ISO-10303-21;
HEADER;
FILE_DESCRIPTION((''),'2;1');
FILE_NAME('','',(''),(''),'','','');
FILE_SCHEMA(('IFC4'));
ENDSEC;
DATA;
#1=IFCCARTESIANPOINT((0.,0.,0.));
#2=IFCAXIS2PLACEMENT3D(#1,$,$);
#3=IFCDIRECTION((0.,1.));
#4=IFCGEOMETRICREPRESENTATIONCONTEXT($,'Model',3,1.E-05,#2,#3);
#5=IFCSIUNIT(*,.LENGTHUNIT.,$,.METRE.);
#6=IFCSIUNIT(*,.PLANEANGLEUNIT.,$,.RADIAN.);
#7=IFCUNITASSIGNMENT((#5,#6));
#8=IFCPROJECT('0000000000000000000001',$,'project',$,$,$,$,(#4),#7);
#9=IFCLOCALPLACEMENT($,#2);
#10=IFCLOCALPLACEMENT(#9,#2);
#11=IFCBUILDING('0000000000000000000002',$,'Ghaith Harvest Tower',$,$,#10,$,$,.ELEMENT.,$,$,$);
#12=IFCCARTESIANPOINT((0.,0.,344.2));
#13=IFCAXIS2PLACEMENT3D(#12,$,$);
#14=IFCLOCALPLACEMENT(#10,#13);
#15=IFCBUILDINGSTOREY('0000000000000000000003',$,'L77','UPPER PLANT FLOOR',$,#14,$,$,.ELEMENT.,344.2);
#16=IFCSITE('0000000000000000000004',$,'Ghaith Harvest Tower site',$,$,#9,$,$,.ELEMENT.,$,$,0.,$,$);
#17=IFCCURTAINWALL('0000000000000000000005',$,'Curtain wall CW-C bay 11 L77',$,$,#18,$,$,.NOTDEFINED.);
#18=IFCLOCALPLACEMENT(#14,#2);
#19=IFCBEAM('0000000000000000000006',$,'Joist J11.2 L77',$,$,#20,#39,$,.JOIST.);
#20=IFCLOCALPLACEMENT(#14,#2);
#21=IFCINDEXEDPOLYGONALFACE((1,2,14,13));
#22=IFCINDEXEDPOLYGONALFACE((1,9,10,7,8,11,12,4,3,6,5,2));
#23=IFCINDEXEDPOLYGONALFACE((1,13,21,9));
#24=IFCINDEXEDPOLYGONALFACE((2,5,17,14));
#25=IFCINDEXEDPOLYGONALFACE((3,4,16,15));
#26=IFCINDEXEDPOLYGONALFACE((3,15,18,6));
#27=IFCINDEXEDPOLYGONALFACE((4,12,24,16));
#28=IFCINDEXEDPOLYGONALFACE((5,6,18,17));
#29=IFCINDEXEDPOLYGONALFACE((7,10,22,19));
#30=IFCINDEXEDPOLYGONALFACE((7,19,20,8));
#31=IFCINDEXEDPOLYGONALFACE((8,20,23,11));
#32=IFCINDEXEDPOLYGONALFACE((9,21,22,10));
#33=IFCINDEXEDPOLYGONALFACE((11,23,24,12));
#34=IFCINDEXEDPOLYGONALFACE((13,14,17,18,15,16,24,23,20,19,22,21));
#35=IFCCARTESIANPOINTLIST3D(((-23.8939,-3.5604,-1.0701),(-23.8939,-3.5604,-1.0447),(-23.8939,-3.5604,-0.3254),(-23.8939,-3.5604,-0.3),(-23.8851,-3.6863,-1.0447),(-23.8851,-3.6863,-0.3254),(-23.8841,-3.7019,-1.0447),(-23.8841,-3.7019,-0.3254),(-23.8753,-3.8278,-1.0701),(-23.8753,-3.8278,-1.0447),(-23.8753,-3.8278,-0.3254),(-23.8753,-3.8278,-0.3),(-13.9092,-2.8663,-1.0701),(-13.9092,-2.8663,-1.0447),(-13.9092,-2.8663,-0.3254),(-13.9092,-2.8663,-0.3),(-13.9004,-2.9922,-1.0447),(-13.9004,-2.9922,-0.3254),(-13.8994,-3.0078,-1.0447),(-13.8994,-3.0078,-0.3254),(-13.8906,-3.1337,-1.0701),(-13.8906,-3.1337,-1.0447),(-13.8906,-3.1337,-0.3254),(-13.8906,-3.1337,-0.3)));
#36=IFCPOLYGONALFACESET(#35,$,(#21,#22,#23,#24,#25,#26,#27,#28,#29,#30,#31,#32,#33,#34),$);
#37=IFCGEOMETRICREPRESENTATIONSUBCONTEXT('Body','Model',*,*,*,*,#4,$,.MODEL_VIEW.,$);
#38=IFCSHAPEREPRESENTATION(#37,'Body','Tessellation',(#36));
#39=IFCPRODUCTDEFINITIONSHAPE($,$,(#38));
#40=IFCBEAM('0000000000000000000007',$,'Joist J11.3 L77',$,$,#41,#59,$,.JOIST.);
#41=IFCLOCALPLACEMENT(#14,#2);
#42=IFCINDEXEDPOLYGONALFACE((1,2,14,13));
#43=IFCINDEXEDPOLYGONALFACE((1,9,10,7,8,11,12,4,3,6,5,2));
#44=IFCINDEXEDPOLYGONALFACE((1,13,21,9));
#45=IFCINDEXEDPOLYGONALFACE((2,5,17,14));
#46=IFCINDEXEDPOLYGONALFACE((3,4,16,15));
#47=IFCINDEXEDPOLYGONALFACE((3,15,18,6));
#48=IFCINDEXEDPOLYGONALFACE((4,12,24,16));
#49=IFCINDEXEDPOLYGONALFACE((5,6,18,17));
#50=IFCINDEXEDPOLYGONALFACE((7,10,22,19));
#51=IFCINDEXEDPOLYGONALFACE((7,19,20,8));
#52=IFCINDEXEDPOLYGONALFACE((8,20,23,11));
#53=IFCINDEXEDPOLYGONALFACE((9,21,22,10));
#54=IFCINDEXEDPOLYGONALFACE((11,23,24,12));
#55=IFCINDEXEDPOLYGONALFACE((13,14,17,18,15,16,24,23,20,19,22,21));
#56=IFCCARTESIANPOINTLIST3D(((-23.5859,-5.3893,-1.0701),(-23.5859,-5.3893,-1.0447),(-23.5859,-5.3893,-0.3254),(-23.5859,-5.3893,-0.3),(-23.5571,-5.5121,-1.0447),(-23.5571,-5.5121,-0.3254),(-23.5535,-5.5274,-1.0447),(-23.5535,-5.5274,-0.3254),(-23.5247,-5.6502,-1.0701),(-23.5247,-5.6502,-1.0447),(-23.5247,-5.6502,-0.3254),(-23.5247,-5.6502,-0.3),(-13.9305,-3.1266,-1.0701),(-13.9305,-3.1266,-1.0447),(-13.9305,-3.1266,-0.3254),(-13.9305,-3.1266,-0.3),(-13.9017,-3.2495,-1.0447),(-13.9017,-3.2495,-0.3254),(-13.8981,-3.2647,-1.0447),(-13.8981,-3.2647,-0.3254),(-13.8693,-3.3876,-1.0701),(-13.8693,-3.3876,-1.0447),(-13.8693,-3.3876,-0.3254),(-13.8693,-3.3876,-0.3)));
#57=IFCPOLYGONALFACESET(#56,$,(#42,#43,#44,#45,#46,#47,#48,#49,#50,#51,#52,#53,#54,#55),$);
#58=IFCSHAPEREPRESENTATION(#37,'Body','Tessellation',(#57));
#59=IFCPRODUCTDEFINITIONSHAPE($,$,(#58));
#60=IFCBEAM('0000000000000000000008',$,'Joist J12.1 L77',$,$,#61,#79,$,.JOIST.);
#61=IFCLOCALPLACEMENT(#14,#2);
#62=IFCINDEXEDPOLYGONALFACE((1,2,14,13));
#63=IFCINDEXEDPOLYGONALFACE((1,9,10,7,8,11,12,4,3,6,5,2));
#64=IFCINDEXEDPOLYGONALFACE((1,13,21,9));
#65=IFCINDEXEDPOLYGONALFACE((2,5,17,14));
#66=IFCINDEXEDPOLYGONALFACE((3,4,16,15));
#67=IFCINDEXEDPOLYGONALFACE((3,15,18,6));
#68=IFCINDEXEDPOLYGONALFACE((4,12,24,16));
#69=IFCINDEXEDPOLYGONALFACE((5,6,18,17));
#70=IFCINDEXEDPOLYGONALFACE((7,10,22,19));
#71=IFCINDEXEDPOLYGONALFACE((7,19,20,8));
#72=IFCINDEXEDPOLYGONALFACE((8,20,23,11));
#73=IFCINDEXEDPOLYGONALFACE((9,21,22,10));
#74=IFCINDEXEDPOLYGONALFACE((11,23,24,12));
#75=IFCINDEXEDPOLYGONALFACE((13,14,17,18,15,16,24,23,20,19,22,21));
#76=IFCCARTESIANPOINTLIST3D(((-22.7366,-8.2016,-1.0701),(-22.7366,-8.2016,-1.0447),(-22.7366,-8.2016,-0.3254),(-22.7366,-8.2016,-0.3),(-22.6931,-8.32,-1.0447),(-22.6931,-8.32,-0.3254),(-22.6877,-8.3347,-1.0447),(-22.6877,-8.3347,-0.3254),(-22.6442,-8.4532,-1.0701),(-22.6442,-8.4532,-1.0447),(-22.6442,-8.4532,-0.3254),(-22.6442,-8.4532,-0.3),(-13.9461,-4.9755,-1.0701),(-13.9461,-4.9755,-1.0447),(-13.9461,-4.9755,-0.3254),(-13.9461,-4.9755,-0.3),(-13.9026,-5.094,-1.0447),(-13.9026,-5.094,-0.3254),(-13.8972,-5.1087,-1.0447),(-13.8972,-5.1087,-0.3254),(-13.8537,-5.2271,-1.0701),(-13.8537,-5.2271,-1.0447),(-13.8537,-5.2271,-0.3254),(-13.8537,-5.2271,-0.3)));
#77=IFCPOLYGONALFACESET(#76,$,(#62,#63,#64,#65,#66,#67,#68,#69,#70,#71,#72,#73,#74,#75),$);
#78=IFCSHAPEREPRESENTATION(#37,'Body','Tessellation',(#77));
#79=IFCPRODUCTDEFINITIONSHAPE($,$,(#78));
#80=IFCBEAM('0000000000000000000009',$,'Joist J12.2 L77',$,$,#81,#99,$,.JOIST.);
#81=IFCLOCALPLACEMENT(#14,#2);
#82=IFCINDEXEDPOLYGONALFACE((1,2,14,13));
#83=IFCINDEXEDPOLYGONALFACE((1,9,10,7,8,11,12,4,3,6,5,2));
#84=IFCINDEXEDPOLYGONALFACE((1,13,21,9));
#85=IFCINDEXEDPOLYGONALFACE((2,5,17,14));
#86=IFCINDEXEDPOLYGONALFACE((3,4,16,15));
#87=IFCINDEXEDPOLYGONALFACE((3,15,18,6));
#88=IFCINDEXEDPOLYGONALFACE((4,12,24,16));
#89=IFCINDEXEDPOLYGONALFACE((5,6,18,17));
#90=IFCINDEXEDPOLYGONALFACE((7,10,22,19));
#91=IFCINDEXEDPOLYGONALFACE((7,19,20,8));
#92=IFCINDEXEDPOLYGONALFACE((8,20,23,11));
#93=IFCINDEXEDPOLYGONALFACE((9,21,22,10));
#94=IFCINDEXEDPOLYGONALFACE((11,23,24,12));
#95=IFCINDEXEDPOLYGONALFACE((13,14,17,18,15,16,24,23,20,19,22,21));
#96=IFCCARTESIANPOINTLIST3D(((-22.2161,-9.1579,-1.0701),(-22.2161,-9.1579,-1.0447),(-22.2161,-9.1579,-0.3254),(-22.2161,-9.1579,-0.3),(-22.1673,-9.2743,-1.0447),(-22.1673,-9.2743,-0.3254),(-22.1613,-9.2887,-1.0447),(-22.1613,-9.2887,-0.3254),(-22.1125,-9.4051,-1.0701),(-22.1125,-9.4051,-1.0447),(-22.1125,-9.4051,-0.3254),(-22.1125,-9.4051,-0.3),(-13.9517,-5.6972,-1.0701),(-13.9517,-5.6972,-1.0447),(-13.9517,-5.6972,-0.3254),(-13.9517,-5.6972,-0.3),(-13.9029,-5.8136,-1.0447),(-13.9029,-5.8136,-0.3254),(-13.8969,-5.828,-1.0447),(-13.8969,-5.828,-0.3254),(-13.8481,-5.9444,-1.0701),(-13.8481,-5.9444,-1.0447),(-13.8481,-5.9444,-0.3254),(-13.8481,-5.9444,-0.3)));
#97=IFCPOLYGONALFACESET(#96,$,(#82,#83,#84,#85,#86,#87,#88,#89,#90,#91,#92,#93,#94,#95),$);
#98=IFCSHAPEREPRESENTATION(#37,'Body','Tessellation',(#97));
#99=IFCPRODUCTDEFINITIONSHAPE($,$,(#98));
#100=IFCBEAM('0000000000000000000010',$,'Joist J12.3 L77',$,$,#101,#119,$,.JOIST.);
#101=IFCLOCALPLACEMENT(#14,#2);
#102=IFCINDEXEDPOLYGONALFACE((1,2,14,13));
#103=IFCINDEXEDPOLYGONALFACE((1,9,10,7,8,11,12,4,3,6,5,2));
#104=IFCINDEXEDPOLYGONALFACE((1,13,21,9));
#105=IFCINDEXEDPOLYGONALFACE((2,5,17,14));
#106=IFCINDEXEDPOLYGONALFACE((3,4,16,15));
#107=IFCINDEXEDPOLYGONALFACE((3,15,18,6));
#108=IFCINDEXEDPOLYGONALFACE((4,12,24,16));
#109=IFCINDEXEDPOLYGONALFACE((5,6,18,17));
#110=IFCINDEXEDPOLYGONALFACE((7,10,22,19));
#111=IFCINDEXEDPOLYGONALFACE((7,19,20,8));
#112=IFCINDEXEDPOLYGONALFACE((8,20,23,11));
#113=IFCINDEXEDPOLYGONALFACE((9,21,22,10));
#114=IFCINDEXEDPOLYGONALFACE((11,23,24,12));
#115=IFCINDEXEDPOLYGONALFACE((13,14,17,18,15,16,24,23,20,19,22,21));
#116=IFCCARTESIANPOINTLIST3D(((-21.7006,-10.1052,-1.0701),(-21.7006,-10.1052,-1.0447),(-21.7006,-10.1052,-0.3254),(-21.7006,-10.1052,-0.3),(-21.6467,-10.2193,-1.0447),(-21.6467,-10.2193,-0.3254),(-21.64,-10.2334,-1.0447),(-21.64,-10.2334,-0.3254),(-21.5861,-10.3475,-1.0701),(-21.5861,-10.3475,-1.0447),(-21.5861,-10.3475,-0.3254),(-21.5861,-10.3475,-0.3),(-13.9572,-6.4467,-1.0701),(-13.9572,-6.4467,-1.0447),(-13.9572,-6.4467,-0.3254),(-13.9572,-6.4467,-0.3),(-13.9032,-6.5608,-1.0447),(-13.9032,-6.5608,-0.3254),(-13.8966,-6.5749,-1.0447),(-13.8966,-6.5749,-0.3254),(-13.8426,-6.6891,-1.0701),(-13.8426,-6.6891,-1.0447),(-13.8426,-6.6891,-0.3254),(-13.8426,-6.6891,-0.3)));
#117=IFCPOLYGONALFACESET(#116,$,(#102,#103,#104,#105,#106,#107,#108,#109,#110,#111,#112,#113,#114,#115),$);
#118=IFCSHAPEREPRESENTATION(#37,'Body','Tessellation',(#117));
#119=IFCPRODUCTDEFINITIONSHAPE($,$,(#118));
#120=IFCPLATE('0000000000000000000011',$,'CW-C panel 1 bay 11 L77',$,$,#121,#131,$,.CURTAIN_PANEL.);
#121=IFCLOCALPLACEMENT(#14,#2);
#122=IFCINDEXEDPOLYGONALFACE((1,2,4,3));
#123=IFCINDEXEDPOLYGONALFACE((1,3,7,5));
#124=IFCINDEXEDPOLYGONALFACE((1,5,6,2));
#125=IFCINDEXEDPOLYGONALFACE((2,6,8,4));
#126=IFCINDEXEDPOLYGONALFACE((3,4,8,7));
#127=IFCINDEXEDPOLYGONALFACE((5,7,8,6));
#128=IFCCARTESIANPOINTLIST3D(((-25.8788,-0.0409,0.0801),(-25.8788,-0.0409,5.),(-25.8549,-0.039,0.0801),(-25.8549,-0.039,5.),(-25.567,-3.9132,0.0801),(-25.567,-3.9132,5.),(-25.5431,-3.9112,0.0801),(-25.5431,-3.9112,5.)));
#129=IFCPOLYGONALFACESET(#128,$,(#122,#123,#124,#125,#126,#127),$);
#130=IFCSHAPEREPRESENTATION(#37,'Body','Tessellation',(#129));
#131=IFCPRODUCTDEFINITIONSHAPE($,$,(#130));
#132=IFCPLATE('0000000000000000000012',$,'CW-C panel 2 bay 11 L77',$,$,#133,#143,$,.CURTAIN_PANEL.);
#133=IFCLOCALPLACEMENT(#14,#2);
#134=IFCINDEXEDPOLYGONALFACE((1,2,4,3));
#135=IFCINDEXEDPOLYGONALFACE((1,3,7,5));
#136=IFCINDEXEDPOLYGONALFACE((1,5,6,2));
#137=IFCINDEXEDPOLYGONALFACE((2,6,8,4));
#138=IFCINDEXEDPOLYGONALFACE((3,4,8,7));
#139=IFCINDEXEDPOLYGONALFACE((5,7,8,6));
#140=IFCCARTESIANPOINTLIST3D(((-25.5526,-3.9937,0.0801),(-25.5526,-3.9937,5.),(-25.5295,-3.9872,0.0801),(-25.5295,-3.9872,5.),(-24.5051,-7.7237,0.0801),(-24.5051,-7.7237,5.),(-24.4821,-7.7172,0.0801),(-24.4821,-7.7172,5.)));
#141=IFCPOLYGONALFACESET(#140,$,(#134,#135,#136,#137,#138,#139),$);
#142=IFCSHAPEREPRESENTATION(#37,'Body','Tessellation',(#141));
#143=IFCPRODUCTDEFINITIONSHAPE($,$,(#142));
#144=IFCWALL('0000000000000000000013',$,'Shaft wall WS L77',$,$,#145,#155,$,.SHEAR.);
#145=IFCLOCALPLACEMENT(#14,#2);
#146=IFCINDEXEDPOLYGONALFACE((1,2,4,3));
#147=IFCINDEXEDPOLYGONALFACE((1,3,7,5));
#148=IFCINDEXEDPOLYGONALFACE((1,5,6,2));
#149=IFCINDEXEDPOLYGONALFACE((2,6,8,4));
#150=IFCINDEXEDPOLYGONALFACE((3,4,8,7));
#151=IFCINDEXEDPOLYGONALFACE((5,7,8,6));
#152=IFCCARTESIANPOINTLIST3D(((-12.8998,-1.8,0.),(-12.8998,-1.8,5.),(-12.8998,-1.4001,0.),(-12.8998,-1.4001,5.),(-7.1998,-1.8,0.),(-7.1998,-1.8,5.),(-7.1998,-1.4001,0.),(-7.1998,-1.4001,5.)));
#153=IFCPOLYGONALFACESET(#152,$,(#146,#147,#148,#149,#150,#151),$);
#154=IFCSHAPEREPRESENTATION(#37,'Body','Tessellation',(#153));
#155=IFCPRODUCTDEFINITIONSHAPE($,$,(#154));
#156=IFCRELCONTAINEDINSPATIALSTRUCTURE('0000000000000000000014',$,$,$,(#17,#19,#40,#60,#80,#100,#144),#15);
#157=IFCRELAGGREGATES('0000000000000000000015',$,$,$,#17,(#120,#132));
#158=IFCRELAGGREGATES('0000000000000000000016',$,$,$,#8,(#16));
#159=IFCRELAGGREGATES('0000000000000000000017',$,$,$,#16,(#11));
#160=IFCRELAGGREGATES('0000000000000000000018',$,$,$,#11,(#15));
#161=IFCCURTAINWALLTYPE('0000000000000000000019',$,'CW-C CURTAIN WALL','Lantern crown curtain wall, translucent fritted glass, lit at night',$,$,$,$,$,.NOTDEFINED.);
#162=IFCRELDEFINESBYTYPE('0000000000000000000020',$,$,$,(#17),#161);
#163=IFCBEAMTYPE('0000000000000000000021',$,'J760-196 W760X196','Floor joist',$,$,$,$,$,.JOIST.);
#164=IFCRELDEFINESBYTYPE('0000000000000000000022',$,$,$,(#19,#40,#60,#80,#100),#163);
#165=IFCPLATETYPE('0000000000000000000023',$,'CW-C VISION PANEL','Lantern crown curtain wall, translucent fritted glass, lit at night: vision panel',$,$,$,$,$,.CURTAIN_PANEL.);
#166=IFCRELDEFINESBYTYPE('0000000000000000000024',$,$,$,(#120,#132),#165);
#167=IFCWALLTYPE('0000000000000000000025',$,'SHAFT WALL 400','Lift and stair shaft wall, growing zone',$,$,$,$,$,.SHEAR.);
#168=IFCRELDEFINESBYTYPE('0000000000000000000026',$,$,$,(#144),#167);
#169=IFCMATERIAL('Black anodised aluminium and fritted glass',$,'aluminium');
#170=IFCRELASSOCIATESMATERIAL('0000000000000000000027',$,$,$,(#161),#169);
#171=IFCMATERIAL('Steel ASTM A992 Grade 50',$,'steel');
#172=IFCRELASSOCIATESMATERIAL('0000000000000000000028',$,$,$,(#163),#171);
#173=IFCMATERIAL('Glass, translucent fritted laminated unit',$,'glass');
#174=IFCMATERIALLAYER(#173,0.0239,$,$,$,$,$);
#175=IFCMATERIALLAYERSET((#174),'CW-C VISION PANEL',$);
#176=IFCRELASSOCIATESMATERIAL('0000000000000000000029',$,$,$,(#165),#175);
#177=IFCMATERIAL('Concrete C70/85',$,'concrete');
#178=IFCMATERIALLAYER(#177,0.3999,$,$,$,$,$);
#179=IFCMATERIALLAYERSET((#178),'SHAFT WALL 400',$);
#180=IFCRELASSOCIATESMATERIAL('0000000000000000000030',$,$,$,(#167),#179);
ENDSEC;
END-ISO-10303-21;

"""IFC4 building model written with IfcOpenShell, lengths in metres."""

from ifc_helpers import new_model, si_unit, direction, frame, frame_2d, origin, origin_2d, place, context, subcontext, project, spatial, rectangle, i_section, extrude, material, layer, layer_set, material_profile, profile_set, type_object, element, aggregate, save


model = new_model("IFC4")

# Units and contexts
model_context = context("Model", 3, precision=1e-05, world=origin(), true_north=direction((0.0, 1.0)))
body_context = subcontext(model_context, "Body", "Model", "MODEL_VIEW")
ifc_project = project(units=[si_unit("LENGTHUNIT", "METRE"), si_unit("PLANEANGLEUNIT", "RADIAN")], contexts=[model_context])

# Site, building, storey
site_placement = place(None, origin())
site = spatial("IfcSite", under=ifc_project, at=site_placement, Name="Ghaith Harvest Tower site", CompositionType="ELEMENT", RefElevation=0.0)
building_placement = place(site_placement, origin())
building = spatial("IfcBuilding", under=site, at=building_placement, Name="Ghaith Harvest Tower", CompositionType="ELEMENT")
storey_placement = place(building_placement, frame((0.0, 0.0, 344.2)))
storey = spatial("IfcBuildingStorey", under=building, at=storey_placement, Name="L77", Description="UPPER PLANT FLOOR", CompositionType="ELEMENT", Elevation=344.2)

# Curtain wall
ifc_material_1 = material(Name="Black anodised aluminium and fritted glass", Category="aluminium")
curtain_wall_type = type_object("IfcCurtainWallType", Name="CW-C CURTAIN WALL", Description="Lantern crown curtain wall, translucent fritted glass, lit at night", PredefinedType="NOTDEFINED", material=ifc_material_1)
curtain_wall_1_placement = place(storey_placement, origin())
curtain_wall_1 = element("IfcCurtainWall", 1, at=curtain_wall_1_placement, inside=storey, type_object=curtain_wall_type, Name="Curtain wall CW-C bay 11 L77", PredefinedType="NOTDEFINED")

# Beams
ifc_material_2 = material(Name="Steel ASTM A992 Grade 50", Category="steel")
ifc_material_profile_1 = material_profile(ifc_material_2, i_section(OverallWidth=0.2681, OverallDepth=0.77, WebThickness=0.0156, FlangeThickness=0.0254, at=origin_2d()), Name="W760X196")
ifc_profile_set_1 = profile_set([ifc_material_profile_1], Name="Steel ASTM A992 Grade 50")
beam_type_1 = type_object("IfcBeamType", Name="J760-196 W760X196", Description="Floor joist", PredefinedType="JOIST", material=ifc_profile_set_1)
beam_1_placement = place(storey_placement, frame((-13.8999, -3.0, -0.6851), z_axis=(-0.997592, -0.069349, 0.0), x_axis=(0.069349, -0.997592, 0.0)))
element("IfcBeam", 2, at=beam_1_placement, inside=storey, type_object=beam_type_1, Name="Joist J11.2 L77", PredefinedType="JOIST", context=body_context, shape_type="SweptSolid", body=[
    extrude(i_section(OverallWidth=0.2681, OverallDepth=0.77, WebThickness=0.0156, FlangeThickness=0.0254, at=origin_2d()), origin(), (0.0, 0.0, 1.0), 10.0088),
])
beam_2_placement = place(storey_placement, frame((-13.8999, -3.2571, -0.6851), z_axis=(-0.973623, -0.228161, 0.0), x_axis=(0.228161, -0.973623, 0.0)))
element("IfcBeam", 3, at=beam_2_placement, inside=storey, type_object=beam_type_1, Name="Joist J11.3 L77", PredefinedType="JOIST", context=body_context, shape_type="SweptSolid", body=[
    extrude(i_section(OverallWidth=0.2681, OverallDepth=0.77, WebThickness=0.0156, FlangeThickness=0.0254, at=origin_2d()), origin(), (0.0, 0.0, 1.0), 9.917),
])
beam_3_placement = place(storey_placement, frame((-13.8999, -5.1013, -0.6851), z_axis=(-0.938777, -0.344526, 0.0), x_axis=(0.344526, -0.938777, 0.0)))
element("IfcBeam", 4, at=beam_3_placement, inside=storey, type_object=beam_type_1, Name="Joist J12.1 L77", PredefinedType="JOIST", context=body_context, shape_type="SweptSolid", body=[
    extrude(i_section(OverallWidth=0.2681, OverallDepth=0.77, WebThickness=0.0156, FlangeThickness=0.0254, at=origin_2d()), origin(), (0.0, 0.0, 1.0), 9.3638),
])
beam_4_placement = place(storey_placement, frame((-13.8999, -5.8208, -0.6851), z_axis=(-0.922394, -0.38625, 0.0), x_axis=(0.38625, -0.922394, 0.0)))
element("IfcBeam", 5, at=beam_4_placement, inside=storey, type_object=beam_type_1, Name="Joist J12.2 L77", PredefinedType="JOIST", context=body_context, shape_type="SweptSolid", body=[
    extrude(i_section(OverallWidth=0.2681, OverallDepth=0.77, WebThickness=0.0156, FlangeThickness=0.0254, at=origin_2d()), origin(), (0.0, 0.0, 1.0), 8.9597),
])
beam_5_placement = place(storey_placement, frame((-13.8999, -6.5679, -0.6851), z_axis=(-0.904166, -0.427182, 0.0), x_axis=(0.427182, -0.904166, 0.0)))
element("IfcBeam", 6, at=beam_5_placement, inside=storey, type_object=beam_type_1, Name="Joist J12.3 L77", PredefinedType="JOIST", context=body_context, shape_type="SweptSolid", body=[
    extrude(i_section(OverallWidth=0.2681, OverallDepth=0.77, WebThickness=0.0156, FlangeThickness=0.0254, at=origin_2d()), origin(), (0.0, 0.0, 1.0), 8.5642),
])

# Plates
ifc_material_3 = material(Name="Glass, translucent fritted laminated unit", Category="glass")
ifc_layer_1 = layer(ifc_material_3, 0.0239)
ifc_layer_set_1 = layer_set([ifc_layer_1], Name="CW-C VISION PANEL")
plate_type = type_object("IfcPlateType", Name="CW-C VISION PANEL", Description="Lantern crown curtain wall, translucent fritted glass, lit at night: vision panel", PredefinedType="CURTAIN_PANEL", material=ifc_layer_set_1)
plate_1_placement = place(storey_placement, frame((-25.7109, -1.9761, 0.0801), z_axis=(0.0, 0.0, 1.0), x_axis=(0.080258, -0.996774, 0.0)))
plate_1 = element("IfcPlate", 7, at=plate_1_placement, type_object=plate_type, Name="CW-C panel 1 bay 11 L77", PredefinedType="CURTAIN_PANEL", context=body_context, shape_type="SweptSolid", body=[
    extrude(rectangle(XDim=3.8848, YDim=0.0239, at=origin_2d()), origin(), (0.0, 0.0, 1.0), 4.9199),
])
plate_2_placement = place(storey_placement, frame((-25.0173, -5.8555, 0.0801), z_axis=(0.0, 0.0, 1.0), x_axis=(0.270355, -0.962761, 0.0)))
plate_2 = element("IfcPlate", 8, at=plate_2_placement, type_object=plate_type, Name="CW-C panel 2 bay 11 L77", PredefinedType="CURTAIN_PANEL", context=body_context, shape_type="SweptSolid", body=[
    extrude(rectangle(XDim=3.8743, YDim=0.0239, at=origin_2d()), origin(), (0.0, 0.0, 1.0), 4.9199),
])
aggregate(curtain_wall_1, [plate_1, plate_2])

# Wall
ifc_material_4 = material(Name="Concrete C70/85", Category="concrete")
ifc_layer_2 = layer(ifc_material_4, 0.3999)
ifc_layer_set_2 = layer_set([ifc_layer_2], Name="SHAFT WALL 400")
wall_type_1 = type_object("IfcWallType", Name="SHAFT WALL 400", Description="Lift and stair shaft wall, growing zone", PredefinedType="SHEAR", material=ifc_layer_set_2)
wall_1_placement = place(storey_placement, frame((-12.8999, -1.6001, 0.0), z_axis=(0.0, 0.0, 1.0), x_axis=(1.0, 0.0, 0.0)))
element("IfcWall", 9, at=wall_1_placement, inside=storey, type_object=wall_type_1, Name="Shaft wall WS L77", PredefinedType="SHEAR", context=body_context, shape_type="SweptSolid", body=[
    extrude(rectangle(XDim=5.7, YDim=0.3999, at=frame_2d((2.8501, 0.0))), origin(), (0.0, 0.0, 1.0), 5.0),
])

save(model, "model.ifc")
